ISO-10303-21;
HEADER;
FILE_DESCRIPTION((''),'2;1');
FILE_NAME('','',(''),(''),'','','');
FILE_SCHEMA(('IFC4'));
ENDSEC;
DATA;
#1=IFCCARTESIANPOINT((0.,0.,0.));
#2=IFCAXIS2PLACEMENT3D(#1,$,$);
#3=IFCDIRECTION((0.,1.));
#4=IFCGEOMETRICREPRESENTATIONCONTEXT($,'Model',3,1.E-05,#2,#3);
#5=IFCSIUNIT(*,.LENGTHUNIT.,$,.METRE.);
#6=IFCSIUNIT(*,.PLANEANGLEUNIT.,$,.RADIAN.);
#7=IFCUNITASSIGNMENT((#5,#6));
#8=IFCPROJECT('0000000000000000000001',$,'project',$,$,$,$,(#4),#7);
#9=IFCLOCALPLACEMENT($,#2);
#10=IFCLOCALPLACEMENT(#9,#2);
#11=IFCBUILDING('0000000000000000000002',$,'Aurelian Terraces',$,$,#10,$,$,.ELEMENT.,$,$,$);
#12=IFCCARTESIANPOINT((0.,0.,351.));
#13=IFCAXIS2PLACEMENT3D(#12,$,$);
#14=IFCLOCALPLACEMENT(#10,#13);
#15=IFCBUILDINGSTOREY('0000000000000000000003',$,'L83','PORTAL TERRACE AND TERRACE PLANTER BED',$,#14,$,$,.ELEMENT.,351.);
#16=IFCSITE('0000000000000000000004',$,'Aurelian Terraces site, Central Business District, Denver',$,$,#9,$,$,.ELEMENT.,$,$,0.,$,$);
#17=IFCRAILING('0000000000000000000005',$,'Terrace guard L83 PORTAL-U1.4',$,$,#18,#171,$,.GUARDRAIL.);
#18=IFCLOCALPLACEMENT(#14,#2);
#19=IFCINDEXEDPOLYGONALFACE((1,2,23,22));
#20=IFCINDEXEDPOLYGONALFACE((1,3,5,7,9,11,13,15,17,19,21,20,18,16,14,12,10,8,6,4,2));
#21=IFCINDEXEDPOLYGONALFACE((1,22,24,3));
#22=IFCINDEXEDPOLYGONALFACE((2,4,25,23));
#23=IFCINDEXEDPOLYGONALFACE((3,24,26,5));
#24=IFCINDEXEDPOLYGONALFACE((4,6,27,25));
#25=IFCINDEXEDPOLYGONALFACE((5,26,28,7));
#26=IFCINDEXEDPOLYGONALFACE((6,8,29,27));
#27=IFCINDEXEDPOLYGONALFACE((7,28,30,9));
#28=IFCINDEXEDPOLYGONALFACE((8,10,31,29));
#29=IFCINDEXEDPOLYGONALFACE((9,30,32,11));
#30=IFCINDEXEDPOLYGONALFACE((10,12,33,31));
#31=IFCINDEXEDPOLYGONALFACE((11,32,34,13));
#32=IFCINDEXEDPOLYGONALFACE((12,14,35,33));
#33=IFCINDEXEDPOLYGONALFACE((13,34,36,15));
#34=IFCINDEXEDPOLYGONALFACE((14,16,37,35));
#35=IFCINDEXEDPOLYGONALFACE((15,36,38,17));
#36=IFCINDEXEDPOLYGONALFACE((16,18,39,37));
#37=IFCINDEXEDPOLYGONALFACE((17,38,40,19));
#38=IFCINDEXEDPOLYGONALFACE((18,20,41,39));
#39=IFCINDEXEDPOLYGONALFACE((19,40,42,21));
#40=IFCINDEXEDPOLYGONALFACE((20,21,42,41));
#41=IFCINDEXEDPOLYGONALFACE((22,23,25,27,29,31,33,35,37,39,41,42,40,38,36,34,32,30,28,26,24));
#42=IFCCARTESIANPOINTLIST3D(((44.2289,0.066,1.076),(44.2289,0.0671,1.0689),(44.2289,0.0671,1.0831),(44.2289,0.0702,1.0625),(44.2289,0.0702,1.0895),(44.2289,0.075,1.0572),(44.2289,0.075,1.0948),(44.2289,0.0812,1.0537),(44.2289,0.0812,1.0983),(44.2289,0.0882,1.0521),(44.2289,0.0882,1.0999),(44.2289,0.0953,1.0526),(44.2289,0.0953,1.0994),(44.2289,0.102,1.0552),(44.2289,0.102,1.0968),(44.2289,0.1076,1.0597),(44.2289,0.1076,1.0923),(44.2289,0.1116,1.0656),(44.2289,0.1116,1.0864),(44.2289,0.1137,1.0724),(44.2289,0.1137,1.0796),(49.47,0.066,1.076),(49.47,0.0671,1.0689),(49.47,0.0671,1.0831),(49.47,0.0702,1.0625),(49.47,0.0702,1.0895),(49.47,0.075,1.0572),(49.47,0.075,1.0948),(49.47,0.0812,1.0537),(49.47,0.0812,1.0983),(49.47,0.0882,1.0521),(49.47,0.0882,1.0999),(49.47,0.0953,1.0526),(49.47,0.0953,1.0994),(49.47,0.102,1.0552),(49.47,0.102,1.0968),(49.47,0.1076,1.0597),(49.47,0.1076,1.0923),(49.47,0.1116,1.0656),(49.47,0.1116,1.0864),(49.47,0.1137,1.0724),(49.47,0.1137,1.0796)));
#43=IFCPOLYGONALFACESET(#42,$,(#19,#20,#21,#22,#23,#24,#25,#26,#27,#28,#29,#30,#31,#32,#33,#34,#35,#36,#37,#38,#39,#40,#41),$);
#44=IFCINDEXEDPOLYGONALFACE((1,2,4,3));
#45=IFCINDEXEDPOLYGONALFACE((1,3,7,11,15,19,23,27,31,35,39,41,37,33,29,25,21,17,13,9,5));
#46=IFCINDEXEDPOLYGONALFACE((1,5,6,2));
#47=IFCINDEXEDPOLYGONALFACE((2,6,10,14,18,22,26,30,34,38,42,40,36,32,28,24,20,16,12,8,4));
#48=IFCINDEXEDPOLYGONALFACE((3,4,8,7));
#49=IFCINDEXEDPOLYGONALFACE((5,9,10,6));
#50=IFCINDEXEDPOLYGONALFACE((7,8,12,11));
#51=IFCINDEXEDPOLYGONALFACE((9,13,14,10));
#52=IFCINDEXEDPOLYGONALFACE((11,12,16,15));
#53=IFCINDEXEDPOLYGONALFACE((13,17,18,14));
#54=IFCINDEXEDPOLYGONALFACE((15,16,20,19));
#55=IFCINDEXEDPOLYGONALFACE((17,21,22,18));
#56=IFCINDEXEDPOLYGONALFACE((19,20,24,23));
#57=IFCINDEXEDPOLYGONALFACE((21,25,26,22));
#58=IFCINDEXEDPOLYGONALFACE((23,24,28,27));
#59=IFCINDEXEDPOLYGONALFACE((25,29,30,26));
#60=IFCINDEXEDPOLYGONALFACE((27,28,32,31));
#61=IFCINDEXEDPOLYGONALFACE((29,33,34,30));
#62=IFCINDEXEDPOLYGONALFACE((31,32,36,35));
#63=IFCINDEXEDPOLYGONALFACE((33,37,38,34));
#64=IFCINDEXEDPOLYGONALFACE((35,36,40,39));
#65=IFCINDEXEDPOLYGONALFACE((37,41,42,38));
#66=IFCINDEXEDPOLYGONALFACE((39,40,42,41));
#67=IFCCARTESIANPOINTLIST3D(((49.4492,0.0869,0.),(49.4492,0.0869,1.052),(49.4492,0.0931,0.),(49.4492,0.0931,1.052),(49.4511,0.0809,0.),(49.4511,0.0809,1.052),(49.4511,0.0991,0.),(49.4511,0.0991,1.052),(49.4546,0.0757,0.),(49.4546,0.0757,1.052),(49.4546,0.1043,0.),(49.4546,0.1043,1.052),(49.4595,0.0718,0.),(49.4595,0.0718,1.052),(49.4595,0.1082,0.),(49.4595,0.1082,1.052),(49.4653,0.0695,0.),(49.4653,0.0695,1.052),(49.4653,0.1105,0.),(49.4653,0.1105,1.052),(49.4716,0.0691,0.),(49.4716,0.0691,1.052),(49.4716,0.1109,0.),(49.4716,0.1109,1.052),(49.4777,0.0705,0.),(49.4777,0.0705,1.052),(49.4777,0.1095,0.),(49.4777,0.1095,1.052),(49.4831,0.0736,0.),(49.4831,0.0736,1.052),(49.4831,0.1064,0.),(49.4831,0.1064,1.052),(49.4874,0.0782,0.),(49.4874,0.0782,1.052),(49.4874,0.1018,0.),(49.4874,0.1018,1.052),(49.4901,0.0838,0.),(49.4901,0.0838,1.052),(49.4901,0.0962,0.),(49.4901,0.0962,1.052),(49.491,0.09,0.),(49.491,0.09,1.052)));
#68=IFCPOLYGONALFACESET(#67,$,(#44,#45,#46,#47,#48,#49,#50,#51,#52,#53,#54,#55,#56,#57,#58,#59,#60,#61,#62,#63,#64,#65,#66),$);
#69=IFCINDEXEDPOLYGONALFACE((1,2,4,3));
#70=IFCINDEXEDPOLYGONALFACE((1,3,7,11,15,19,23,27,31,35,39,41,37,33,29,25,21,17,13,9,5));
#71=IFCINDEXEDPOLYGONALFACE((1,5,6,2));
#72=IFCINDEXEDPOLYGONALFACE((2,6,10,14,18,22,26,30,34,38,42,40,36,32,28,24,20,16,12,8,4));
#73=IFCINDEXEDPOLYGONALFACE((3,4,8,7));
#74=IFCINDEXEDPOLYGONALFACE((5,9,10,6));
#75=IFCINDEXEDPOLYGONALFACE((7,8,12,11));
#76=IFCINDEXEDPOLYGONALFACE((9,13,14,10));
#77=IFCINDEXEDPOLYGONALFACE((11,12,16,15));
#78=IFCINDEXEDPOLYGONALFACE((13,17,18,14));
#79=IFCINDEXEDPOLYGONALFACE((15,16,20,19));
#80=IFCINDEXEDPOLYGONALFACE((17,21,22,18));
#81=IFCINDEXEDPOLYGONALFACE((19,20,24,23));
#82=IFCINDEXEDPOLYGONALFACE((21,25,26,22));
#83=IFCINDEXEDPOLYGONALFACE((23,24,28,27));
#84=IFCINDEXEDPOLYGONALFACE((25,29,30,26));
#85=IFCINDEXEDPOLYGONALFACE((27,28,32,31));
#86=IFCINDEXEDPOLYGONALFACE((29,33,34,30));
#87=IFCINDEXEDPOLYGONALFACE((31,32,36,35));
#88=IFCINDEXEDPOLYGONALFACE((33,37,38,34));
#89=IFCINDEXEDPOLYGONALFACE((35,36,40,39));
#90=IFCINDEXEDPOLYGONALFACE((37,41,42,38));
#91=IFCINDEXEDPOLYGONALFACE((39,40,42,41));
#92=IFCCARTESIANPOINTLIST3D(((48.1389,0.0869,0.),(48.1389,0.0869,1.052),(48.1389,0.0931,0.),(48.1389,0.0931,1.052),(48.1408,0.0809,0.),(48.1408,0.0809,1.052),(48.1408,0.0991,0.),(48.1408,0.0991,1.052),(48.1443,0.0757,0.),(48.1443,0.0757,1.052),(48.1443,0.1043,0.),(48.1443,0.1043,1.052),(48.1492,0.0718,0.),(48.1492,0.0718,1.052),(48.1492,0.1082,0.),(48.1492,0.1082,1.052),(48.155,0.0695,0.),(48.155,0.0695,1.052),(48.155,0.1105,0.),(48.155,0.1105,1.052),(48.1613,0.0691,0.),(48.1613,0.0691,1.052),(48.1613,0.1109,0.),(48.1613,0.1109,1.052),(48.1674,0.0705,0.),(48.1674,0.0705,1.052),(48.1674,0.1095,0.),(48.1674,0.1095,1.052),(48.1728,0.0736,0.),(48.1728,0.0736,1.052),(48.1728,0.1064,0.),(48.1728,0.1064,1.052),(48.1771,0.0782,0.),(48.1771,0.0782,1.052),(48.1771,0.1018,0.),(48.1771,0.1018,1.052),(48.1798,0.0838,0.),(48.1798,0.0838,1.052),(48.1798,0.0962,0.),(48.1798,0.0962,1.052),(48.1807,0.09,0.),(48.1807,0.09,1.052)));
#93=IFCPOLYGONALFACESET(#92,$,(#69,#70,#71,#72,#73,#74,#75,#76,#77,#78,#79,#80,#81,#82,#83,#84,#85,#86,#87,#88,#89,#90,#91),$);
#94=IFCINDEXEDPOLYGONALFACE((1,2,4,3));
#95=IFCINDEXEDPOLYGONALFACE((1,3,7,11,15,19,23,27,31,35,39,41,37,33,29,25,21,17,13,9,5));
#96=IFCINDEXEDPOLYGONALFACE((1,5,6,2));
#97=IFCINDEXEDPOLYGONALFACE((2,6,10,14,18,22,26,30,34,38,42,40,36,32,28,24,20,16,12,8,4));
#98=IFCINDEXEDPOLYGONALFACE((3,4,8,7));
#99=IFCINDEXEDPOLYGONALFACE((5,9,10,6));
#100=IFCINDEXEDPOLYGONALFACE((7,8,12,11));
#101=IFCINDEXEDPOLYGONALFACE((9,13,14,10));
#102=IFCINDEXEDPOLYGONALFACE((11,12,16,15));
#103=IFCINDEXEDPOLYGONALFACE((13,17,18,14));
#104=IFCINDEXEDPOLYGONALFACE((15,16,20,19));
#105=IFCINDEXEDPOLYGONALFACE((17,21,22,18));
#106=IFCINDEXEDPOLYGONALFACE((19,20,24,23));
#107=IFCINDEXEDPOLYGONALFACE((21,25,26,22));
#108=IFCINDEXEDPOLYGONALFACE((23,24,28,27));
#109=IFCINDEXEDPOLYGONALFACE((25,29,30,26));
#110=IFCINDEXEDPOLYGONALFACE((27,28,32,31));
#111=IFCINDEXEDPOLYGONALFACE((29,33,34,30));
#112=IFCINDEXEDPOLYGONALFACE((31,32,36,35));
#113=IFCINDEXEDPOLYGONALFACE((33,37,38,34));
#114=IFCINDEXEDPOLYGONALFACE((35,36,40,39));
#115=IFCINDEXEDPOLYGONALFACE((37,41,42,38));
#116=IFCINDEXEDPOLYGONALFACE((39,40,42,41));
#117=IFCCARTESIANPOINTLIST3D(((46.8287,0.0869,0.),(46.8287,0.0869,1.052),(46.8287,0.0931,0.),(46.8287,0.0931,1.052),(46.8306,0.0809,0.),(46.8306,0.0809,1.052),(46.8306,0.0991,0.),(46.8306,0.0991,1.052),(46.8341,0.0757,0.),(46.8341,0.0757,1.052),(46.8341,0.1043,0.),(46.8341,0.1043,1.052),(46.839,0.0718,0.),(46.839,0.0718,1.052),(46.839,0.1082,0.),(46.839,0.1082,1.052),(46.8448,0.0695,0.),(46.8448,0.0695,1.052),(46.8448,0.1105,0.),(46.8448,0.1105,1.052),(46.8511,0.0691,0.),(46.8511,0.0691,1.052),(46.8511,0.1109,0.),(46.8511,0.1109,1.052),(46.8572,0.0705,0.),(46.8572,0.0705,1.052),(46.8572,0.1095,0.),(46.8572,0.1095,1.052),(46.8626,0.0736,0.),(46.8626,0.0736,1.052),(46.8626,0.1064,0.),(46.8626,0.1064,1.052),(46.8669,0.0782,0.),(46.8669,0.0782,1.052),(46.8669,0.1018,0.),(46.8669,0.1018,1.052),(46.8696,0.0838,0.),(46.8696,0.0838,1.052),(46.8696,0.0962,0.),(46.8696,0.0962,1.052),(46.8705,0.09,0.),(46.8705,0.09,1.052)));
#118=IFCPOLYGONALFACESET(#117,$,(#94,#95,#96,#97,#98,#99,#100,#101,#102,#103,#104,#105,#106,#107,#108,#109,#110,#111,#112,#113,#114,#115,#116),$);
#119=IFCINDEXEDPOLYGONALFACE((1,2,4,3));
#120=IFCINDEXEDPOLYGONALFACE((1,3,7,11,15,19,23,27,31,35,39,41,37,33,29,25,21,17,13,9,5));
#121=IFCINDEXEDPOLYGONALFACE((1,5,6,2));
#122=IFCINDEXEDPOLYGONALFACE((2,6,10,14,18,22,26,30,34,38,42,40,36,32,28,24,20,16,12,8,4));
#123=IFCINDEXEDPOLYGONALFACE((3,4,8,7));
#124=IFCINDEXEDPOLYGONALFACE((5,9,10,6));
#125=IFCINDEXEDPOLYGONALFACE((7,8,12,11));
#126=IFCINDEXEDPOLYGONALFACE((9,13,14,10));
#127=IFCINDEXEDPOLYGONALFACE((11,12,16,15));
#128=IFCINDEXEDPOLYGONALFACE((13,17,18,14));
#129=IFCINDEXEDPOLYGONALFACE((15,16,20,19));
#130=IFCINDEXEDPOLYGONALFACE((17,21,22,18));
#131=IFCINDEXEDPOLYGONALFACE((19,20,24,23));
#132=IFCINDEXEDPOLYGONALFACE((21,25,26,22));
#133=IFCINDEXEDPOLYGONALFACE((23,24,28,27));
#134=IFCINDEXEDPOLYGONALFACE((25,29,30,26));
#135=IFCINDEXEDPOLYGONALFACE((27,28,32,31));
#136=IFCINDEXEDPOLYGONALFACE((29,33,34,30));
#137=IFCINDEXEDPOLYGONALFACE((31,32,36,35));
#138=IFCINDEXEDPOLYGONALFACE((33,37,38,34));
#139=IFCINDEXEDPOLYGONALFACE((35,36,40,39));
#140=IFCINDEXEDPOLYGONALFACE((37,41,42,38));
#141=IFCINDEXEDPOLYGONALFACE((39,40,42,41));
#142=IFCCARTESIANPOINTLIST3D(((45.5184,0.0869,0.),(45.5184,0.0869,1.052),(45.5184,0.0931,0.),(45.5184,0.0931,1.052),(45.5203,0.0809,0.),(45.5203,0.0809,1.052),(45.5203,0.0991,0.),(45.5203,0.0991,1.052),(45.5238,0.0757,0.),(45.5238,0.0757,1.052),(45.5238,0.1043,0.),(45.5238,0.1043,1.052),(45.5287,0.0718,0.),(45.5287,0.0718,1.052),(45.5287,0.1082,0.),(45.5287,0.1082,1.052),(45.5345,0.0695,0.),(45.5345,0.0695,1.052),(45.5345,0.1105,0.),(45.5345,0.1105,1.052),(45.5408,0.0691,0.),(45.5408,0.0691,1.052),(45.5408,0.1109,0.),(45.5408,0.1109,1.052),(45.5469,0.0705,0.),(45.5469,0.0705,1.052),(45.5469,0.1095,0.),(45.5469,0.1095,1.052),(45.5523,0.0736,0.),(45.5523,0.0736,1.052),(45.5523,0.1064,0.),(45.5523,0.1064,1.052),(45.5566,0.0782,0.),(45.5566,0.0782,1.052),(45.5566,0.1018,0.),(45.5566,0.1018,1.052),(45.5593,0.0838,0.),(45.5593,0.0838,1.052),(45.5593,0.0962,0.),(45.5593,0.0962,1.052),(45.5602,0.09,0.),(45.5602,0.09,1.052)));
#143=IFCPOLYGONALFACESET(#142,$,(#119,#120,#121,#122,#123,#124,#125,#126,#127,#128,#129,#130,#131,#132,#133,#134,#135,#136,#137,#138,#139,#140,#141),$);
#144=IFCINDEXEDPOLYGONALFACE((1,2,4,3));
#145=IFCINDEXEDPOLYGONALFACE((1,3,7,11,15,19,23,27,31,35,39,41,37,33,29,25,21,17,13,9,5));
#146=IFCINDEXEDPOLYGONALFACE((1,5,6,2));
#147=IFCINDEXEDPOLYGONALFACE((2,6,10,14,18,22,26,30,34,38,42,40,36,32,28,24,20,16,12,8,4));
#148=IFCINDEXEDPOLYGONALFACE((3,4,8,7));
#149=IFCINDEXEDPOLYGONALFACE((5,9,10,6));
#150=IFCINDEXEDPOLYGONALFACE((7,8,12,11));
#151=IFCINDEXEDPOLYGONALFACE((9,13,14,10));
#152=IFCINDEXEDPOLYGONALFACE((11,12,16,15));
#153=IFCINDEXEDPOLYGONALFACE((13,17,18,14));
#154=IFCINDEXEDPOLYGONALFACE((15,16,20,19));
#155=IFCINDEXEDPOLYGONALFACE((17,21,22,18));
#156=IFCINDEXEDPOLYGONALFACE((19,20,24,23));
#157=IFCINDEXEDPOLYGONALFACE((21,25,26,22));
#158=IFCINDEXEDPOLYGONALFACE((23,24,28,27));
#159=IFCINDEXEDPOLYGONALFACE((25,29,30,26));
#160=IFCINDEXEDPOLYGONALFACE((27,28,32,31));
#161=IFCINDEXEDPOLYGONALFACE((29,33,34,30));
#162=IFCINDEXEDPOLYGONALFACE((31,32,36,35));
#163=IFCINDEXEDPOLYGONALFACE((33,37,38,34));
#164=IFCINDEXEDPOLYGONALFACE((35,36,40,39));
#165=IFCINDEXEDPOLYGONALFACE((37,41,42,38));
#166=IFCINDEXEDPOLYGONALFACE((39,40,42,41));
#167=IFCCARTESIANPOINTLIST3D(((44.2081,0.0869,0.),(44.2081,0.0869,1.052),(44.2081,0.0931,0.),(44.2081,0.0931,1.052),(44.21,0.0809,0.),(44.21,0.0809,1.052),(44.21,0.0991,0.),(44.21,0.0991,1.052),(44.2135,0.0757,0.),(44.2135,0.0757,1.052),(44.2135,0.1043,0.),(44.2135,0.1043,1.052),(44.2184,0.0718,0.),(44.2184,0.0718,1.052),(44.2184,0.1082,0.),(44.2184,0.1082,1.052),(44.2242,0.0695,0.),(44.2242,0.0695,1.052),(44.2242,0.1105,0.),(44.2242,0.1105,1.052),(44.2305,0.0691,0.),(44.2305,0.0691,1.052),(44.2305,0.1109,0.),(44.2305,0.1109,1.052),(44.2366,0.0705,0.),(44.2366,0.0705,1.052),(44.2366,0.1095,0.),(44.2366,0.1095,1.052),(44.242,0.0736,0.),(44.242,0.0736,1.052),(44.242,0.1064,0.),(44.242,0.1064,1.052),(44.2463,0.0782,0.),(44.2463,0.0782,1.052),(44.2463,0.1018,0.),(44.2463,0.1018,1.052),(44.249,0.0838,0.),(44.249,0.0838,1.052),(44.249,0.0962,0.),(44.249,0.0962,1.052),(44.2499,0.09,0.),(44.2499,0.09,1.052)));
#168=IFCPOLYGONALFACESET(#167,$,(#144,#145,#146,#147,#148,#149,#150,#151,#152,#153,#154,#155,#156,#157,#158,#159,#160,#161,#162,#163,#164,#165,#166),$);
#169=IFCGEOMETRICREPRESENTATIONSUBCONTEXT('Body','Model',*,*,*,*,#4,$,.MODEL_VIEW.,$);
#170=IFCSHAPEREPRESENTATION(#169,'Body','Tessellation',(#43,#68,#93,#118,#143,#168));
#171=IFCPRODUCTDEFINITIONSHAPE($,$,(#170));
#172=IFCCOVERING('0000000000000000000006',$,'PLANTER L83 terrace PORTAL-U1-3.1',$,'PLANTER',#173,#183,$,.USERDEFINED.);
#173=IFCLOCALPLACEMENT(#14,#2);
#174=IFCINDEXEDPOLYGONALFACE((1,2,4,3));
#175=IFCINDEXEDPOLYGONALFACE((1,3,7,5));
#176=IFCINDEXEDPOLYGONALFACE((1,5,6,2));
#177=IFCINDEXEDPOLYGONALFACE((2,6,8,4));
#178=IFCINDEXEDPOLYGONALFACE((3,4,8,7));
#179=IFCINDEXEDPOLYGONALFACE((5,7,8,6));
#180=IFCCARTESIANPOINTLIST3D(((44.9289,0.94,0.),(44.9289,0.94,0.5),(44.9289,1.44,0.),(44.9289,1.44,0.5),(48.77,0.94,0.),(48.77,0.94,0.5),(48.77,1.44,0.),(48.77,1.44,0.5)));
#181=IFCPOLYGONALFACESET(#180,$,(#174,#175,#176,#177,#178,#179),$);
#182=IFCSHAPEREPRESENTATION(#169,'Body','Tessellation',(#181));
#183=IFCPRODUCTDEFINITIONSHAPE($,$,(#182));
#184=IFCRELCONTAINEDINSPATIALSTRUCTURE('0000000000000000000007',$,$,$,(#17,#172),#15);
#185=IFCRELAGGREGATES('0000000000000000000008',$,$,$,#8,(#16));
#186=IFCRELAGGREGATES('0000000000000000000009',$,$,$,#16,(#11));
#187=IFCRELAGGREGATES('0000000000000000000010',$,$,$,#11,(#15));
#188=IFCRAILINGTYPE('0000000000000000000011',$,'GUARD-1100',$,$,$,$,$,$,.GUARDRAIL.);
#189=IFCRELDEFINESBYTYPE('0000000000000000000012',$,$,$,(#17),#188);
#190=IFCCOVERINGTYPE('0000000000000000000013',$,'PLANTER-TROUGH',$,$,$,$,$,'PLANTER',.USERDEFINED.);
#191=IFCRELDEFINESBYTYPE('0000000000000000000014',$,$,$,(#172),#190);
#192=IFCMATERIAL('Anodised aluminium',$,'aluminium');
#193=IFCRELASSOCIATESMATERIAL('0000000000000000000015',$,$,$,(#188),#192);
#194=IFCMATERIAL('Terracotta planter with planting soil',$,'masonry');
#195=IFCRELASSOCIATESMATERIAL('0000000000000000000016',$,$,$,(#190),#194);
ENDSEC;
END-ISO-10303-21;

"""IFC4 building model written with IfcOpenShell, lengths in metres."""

from ifc_helpers import new_model, si_unit, direction, frame, origin, origin_2d, place, context, subcontext, project, spatial, rectangle, circle, extrude, source, transform, mapped, material, type_object, element, save


model = new_model("IFC4")

# Units and contexts
model_context = context("Model", 3, precision=1e-05, world=origin(), true_north=direction((0.0, 1.0)))
body_context = subcontext(model_context, "Body", "Model", "MODEL_VIEW")
ifc_project = project(units=[si_unit("LENGTHUNIT", "METRE"), si_unit("PLANEANGLEUNIT", "RADIAN")], contexts=[model_context])

# Site, building, storey
site_placement = place(None, origin())
site = spatial("IfcSite", under=ifc_project, at=site_placement, Name="Aurelian Terraces site, Central Business District, Denver", CompositionType="ELEMENT", RefElevation=0.0)
building_placement = place(site_placement, origin())
building = spatial("IfcBuilding", under=site, at=building_placement, Name="Aurelian Terraces", CompositionType="ELEMENT")
storey_placement = place(building_placement, frame((0.0, 0.0, 351.0)))
storey = spatial("IfcBuildingStorey", under=building, at=storey_placement, Name="L83", Description="PORTAL TERRACE AND TERRACE PLANTER BED", CompositionType="ELEMENT", Elevation=351.0)

# Shared definitions
ifc_material_1 = material(Name="Anodised aluminium", Category="aluminium")
railing_type_1 = type_object("IfcRailingType", Name="GUARD-1100", PredefinedType="GUARDRAIL", material=ifc_material_1)

# Shared definitions
ifc_material_2 = material(Name="Terracotta planter with planting soil", Category="masonry")
covering_type = type_object("IfcCoveringType", Name="PLANTER-TROUGH", ElementType="PLANTER", PredefinedType="USERDEFINED", material=ifc_material_2)

# Railing
shared_shape_1 = source(origin(), body_context, "Body", "SweptSolid", [
    extrude(circle(Radius=0.024, at=origin_2d()), frame((0.0, 0.0, 1.076), z_axis=(-1.0, 0.0, 0.0), x_axis=(0.0, -1.0, 0.0)), (0.0, 0.0, 1.0), 5.2411),
    extrude(circle(Radius=0.021, at=origin_2d()), origin(), (0.0, 0.0, 1.0), 1.052),
    extrude(circle(Radius=0.021, at=origin_2d()), frame((-1.3103, 0.0, 0.0)), (0.0, 0.0, 1.0), 1.052),
    extrude(circle(Radius=0.021, at=origin_2d()), frame((-2.6205, 0.0, 0.0)), (0.0, 0.0, 1.0), 1.052),
    extrude(circle(Radius=0.021, at=origin_2d()), frame((-3.9308, 0.0, 0.0)), (0.0, 0.0, 1.0), 1.052),
    extrude(circle(Radius=0.021, at=origin_2d()), frame((-5.2411, 0.0, 0.0)), (0.0, 0.0, 1.0), 1.052),
])
railing_1_placement = place(storey_placement, frame((49.47, 0.09, 0.0)))
element("IfcRailing", 1, at=railing_1_placement, inside=storey, type_object=railing_type_1, Name="Terrace guard L83 PORTAL-U1.4", PredefinedType="GUARDRAIL", context=body_context, shape_type="MappedRepresentation", body=[
    mapped(shared_shape_1, transform((0.0, 0.0, 0.0), scale=1.0)),
])

# Covering
shared_shape_2 = source(origin(), body_context, "Body", "SweptSolid", [
    extrude(rectangle(XDim=3.8411, YDim=0.5, at=origin_2d()), origin(), (0.0, 0.0, 1.0), 0.5),
])
covering_1_placement = place(storey_placement, frame((46.8494, 1.19, 0.0), z_axis=(0.0, 0.0, 1.0), x_axis=(1.0, 0.0, 0.0)))
element("IfcCovering", 2, at=covering_1_placement, inside=storey, type_object=covering_type, Name="PLANTER L83 terrace PORTAL-U1-3.1", ObjectType="PLANTER", PredefinedType="USERDEFINED", context=body_context, shape_type="MappedRepresentation", body=[
    mapped(shared_shape_2, transform((0.0, 0.0, 0.0), scale=1.0)),
])

save(model, "model.ifc")
